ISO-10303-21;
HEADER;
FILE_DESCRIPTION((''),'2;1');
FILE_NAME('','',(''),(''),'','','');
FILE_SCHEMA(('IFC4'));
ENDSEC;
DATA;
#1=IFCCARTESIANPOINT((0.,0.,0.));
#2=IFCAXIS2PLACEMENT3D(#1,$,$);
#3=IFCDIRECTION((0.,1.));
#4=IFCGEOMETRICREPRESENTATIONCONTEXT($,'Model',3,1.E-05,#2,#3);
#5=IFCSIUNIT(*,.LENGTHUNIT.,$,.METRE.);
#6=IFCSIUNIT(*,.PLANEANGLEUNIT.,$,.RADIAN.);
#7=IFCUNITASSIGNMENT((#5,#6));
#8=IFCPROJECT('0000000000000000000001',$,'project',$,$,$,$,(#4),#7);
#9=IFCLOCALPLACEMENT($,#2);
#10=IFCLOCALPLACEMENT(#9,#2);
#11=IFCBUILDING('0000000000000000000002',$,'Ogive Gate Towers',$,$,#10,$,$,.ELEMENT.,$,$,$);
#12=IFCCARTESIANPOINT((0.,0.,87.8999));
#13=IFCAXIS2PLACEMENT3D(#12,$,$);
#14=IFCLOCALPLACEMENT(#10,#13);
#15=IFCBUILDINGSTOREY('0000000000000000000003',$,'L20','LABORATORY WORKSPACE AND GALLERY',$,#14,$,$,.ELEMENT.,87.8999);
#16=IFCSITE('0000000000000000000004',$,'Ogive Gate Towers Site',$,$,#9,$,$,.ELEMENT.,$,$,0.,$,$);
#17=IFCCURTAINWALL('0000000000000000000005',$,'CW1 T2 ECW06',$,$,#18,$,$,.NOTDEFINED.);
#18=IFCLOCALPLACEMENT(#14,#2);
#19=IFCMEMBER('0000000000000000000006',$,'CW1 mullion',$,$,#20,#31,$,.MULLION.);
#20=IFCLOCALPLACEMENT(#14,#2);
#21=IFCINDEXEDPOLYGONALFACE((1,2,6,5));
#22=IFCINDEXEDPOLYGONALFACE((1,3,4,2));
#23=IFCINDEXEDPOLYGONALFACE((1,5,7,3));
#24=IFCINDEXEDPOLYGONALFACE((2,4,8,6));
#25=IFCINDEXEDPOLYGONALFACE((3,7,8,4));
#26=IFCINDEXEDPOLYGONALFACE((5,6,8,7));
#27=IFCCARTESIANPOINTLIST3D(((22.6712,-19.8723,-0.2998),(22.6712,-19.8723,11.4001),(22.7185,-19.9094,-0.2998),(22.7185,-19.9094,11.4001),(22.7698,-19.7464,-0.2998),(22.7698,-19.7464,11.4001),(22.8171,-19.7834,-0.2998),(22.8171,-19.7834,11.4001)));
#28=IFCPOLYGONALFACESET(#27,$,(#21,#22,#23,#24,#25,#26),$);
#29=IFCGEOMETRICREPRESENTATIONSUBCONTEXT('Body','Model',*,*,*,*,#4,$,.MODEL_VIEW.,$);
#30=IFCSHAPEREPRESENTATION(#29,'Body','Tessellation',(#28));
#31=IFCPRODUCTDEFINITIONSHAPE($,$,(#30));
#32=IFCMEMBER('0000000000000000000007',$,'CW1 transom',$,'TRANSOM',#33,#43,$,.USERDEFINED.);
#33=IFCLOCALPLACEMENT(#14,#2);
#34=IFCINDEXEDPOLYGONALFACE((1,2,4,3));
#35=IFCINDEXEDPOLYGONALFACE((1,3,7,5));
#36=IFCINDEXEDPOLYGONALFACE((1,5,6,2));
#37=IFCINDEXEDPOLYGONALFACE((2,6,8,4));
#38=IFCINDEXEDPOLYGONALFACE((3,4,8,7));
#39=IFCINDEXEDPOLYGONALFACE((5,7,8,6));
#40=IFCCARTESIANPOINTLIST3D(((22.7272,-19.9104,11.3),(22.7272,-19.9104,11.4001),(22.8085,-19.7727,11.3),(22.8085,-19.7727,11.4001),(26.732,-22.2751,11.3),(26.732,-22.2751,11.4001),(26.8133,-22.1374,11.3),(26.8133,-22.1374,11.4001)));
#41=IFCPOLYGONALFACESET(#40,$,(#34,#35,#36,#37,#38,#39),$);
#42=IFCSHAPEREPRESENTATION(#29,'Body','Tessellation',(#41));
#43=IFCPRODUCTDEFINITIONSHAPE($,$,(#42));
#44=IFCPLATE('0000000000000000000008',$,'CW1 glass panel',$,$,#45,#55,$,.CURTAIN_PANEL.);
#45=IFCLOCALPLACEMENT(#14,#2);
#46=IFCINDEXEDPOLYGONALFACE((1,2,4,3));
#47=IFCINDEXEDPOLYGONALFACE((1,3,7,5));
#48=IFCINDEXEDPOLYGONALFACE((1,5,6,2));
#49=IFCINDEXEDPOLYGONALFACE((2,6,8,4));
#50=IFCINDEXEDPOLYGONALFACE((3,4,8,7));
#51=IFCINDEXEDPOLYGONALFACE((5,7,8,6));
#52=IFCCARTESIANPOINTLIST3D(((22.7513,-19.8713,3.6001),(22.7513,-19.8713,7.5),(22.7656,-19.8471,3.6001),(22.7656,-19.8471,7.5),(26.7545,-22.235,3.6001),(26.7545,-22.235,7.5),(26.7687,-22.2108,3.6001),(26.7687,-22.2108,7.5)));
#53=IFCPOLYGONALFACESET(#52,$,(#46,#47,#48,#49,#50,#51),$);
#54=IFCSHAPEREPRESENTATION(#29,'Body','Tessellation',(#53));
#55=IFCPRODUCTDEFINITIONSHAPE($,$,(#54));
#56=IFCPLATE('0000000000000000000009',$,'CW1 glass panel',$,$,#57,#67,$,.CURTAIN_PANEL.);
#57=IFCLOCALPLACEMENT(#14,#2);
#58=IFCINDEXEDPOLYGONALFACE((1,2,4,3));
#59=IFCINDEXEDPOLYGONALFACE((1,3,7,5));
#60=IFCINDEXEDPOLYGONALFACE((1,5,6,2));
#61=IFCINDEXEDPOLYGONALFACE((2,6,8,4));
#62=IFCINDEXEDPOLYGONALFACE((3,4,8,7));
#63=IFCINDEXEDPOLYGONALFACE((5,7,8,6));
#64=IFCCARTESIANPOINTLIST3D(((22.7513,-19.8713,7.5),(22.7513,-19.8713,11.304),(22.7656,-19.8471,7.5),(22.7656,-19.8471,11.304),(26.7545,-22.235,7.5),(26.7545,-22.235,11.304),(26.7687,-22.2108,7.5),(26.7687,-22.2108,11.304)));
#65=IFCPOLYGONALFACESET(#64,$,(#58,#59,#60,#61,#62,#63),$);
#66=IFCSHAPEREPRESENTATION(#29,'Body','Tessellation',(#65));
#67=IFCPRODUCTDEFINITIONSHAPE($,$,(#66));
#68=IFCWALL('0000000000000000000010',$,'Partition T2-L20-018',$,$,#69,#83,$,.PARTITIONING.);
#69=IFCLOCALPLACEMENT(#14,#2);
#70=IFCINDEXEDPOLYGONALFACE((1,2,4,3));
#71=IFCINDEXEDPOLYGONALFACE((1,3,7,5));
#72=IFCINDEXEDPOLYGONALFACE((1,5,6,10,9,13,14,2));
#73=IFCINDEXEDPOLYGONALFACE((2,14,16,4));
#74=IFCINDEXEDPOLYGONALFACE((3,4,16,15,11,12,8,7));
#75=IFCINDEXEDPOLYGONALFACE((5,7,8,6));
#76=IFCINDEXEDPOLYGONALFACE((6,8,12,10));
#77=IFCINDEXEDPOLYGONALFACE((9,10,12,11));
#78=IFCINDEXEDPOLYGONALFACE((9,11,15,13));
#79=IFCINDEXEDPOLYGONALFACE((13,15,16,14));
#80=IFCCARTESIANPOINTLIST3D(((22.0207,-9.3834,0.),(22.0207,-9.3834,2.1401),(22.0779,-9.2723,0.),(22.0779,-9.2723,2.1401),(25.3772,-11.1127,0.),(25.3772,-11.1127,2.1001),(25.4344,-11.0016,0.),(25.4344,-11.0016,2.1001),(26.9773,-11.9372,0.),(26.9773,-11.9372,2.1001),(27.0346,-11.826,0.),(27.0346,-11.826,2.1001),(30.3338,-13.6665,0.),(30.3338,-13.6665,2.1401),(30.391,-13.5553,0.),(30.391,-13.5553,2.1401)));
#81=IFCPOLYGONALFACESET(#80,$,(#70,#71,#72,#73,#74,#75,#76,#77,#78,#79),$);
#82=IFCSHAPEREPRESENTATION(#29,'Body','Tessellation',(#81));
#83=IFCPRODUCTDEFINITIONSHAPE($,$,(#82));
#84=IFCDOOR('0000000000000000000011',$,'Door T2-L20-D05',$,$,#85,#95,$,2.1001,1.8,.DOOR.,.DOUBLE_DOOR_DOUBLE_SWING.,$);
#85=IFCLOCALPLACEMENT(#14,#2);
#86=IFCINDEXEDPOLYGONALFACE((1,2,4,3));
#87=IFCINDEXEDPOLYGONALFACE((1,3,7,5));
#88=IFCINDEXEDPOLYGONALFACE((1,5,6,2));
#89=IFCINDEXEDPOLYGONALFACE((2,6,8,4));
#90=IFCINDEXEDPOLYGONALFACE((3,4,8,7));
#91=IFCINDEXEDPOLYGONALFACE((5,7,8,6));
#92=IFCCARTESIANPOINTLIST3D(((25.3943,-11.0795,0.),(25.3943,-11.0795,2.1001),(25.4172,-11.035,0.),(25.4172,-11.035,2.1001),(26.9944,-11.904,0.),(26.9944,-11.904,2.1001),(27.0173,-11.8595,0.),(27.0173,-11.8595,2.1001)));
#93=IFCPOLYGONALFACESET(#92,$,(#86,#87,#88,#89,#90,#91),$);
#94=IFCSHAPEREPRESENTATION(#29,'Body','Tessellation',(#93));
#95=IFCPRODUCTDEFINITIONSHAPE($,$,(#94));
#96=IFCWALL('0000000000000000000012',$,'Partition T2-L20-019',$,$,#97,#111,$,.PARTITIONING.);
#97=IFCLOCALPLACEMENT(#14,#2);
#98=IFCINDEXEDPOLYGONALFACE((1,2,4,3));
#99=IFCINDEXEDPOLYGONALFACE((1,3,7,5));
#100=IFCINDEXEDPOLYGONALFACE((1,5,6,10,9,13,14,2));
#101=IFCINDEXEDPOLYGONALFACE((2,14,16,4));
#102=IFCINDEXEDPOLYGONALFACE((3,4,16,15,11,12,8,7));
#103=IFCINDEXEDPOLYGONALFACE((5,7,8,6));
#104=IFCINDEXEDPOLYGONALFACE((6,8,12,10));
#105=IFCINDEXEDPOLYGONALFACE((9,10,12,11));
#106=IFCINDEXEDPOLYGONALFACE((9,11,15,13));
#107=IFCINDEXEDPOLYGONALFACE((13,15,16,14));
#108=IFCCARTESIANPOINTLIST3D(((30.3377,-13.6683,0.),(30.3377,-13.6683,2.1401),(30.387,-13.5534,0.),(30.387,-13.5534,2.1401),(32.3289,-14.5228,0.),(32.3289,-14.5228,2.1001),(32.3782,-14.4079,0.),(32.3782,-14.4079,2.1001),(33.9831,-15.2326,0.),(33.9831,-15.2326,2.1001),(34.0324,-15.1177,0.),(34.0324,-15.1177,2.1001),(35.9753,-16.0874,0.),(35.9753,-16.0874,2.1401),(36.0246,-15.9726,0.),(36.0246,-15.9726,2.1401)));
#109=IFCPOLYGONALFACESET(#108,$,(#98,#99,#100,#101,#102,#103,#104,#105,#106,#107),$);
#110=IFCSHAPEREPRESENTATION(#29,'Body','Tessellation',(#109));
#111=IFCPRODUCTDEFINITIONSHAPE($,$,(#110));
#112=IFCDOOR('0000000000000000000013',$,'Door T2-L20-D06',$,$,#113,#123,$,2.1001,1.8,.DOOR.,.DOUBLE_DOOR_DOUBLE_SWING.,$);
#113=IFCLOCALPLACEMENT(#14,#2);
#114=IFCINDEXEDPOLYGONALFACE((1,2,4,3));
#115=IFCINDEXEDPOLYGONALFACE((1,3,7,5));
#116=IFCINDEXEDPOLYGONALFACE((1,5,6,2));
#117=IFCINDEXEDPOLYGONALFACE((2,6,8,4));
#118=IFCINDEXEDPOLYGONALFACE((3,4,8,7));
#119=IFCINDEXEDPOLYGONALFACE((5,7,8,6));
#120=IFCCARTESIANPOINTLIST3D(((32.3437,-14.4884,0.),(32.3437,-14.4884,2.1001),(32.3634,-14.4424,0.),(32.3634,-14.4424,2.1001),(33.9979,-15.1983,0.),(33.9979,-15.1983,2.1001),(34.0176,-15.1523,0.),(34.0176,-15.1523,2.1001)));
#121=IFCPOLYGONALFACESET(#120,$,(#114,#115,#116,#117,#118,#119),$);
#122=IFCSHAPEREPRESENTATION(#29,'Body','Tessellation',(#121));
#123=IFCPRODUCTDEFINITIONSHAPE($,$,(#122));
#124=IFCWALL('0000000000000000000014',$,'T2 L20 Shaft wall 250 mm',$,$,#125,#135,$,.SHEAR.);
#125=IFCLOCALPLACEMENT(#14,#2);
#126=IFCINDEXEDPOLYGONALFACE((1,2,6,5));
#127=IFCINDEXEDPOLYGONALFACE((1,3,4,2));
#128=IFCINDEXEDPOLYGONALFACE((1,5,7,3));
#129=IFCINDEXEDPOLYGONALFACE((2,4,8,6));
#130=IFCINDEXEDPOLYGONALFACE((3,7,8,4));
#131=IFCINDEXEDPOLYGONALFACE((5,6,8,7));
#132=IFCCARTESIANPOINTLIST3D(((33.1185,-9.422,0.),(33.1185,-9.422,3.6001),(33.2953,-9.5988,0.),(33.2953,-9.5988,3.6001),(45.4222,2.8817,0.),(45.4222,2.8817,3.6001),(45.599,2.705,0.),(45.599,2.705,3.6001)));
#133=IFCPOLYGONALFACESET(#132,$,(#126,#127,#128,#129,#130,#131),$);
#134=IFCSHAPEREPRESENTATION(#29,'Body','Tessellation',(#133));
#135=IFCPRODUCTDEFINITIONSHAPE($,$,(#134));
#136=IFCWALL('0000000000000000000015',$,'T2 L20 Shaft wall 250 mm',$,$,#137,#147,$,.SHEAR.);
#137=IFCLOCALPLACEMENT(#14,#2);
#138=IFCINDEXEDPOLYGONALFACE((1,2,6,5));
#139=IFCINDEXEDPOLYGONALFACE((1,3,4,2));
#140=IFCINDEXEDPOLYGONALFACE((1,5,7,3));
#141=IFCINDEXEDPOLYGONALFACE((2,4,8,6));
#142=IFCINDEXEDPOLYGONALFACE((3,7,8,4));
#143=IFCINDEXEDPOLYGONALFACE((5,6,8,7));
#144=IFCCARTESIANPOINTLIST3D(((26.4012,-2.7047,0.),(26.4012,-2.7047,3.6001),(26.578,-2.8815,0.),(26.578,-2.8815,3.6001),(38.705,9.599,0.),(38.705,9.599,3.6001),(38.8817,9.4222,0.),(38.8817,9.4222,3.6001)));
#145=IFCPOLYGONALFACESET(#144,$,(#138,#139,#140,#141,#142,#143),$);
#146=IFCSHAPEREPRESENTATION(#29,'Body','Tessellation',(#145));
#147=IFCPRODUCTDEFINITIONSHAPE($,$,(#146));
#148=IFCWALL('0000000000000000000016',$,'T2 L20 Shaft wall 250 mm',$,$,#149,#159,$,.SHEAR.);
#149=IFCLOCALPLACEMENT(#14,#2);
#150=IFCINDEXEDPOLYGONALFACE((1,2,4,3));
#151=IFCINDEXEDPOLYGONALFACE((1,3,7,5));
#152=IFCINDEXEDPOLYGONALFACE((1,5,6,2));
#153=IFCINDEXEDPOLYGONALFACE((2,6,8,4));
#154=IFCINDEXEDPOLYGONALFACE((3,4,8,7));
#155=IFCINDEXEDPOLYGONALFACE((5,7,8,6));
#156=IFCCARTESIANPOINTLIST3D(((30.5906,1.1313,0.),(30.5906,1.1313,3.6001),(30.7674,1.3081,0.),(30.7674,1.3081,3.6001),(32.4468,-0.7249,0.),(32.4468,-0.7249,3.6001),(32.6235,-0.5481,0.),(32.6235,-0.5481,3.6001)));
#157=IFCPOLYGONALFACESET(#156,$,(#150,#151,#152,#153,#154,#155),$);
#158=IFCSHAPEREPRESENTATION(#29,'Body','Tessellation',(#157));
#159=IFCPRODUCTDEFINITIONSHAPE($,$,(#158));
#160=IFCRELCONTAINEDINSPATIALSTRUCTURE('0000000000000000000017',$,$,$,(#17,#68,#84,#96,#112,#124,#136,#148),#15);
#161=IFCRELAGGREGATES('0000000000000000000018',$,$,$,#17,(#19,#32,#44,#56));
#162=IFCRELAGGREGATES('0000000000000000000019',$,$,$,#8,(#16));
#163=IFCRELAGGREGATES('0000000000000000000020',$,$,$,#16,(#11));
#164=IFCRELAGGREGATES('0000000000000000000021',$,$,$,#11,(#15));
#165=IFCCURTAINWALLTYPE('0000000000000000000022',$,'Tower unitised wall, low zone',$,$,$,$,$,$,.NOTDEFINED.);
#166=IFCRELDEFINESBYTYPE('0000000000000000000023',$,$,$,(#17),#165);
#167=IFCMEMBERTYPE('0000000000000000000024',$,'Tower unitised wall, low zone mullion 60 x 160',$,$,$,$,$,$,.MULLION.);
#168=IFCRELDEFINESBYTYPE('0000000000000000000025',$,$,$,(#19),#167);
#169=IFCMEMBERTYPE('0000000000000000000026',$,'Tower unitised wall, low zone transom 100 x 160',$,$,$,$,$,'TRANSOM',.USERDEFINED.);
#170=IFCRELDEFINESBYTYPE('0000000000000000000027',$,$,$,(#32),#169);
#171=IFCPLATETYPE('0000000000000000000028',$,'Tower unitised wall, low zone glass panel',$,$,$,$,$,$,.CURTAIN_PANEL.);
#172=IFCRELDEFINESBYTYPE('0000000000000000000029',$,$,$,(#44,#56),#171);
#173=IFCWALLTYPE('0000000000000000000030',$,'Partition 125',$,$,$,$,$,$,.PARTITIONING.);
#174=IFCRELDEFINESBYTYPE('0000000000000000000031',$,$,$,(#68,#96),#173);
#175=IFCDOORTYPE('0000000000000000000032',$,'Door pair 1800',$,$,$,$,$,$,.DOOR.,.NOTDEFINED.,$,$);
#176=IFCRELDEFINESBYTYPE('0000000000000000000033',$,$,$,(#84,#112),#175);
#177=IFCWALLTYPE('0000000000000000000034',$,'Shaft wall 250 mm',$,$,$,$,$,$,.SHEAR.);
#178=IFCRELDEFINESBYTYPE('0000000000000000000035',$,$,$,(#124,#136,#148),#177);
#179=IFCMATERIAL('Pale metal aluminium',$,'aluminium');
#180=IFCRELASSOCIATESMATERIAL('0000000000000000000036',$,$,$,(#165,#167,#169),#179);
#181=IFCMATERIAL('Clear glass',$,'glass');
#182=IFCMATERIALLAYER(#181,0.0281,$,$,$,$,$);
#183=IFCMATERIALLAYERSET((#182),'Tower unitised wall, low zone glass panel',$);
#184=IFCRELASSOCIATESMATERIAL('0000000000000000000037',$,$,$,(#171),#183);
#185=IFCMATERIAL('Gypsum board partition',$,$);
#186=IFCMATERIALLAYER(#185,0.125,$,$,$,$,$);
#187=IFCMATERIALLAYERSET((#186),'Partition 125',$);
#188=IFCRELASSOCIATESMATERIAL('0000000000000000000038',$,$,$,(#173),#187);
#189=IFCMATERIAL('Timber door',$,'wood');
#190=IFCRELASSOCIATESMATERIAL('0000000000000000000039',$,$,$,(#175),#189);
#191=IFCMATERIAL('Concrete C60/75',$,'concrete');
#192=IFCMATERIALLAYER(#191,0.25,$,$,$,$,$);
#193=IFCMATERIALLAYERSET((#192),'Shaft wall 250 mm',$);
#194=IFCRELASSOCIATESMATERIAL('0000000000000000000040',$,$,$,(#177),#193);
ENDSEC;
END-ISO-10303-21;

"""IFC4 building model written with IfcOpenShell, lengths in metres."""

from ifc_helpers import new_model, si_unit, direction, frame, frame_2d, origin, origin_2d, place, context, subcontext, project, spatial, rectangle, extrude, material, layer, layer_set, material_profile, profile_set, type_object, element, fill, aggregate, save


model = new_model("IFC4")

# Units and contexts
model_context = context("Model", 3, precision=1e-05, world=origin(), true_north=direction((0.0, 1.0)))
body_context = subcontext(model_context, "Body", "Model", "MODEL_VIEW")
ifc_project = project(units=[si_unit("LENGTHUNIT", "METRE"), si_unit("PLANEANGLEUNIT", "RADIAN")], contexts=[model_context])

# Site, building, storey
site_placement = place(None, origin())
site = spatial("IfcSite", under=ifc_project, at=site_placement, Name="Ogive Gate Towers Site", CompositionType="ELEMENT", RefElevation=0.0)
building_placement = place(site_placement, origin())
building = spatial("IfcBuilding", under=site, at=building_placement, Name="Ogive Gate Towers", CompositionType="ELEMENT")
storey_placement = place(building_placement, frame((0.0, 0.0, 87.8999)))
storey = spatial("IfcBuildingStorey", under=building, at=storey_placement, Name="L20", Description="LABORATORY WORKSPACE AND GALLERY", CompositionType="ELEMENT", Elevation=87.8999)

# Curtain wall, members, plates
ifc_material_1 = material(Name="Pale metal aluminium", Category="aluminium")
curtain_wall_type = type_object("IfcCurtainWallType", Name="Tower unitised wall, low zone", PredefinedType="NOTDEFINED", material=ifc_material_1)
curtain_wall_placement = place(storey_placement, origin())
curtain_wall = element("IfcCurtainWall", 1, at=curtain_wall_placement, inside=storey, type_object=curtain_wall_type, Name="CW1 T2 ECW06", PredefinedType="NOTDEFINED")
ifc_material_profile_1 = material_profile(ifc_material_1, rectangle(XDim=0.1599, YDim=0.0601, at=origin_2d()), Name="60 x 160 aluminium box")
ifc_profile_set_1 = profile_set([ifc_material_profile_1], Name="Pale metal aluminium")
member_type_1 = type_object("IfcMemberType", Name="Tower unitised wall, low zone mullion 60 x 160", PredefinedType="MULLION", material=ifc_profile_set_1)
member_1_placement = place(storey_placement, frame((22.7441, -19.8279, -0.2998), z_axis=(0.0, 0.0, 1.0), x_axis=(-0.616321, -0.787495, 0.0)))
member_1 = element("IfcMember", 2, at=member_1_placement, type_object=member_type_1, Name="CW1 mullion", PredefinedType="MULLION", context=body_context, shape_type="SweptSolid", body=[
    extrude(rectangle(XDim=0.1599, YDim=0.0601, at=origin_2d()), origin(), (0.0, 0.0, 1.0), 11.7),
])
ifc_material_profile_2 = material_profile(ifc_material_1, rectangle(XDim=0.1599, YDim=0.1001, at=origin_2d()), Name="100 x 160 aluminium box")
ifc_profile_set_2 = profile_set([ifc_material_profile_2], Name="Pale metal aluminium")
member_type_2 = type_object("IfcMemberType", Name="Tower unitised wall, low zone transom 100 x 160", ElementType="TRANSOM", PredefinedType="USERDEFINED", material=ifc_profile_set_2)
member_2_placement = place(storey_placement, frame((22.7678, -19.8416, 11.3501), z_axis=(0.861094, -0.508446, 0.0), x_axis=(0.508446, 0.861094, 0.0)))
member_2 = element("IfcMember", 3, at=member_2_placement, type_object=member_type_2, Name="CW1 transom", ObjectType="TRANSOM", PredefinedType="USERDEFINED", context=body_context, shape_type="SweptSolid", body=[
    extrude(rectangle(XDim=0.1599, YDim=0.1001, at=origin_2d()), origin(), (0.0, 0.0, 1.0), 4.6509),
])
ifc_material_2 = material(Name="Clear glass", Category="glass")
ifc_layer_1 = layer(ifc_material_2, 0.0281)
ifc_layer_set_1 = layer_set([ifc_layer_1], Name="Tower unitised wall, low zone glass panel")
plate_type = type_object("IfcPlateType", Name="Tower unitised wall, low zone glass panel", PredefinedType="CURTAIN_PANEL", material=ifc_layer_set_1)
plate_1_placement = place(storey_placement, frame((24.76, -21.041, 3.6001), z_axis=(0.0, 0.0, 1.0), x_axis=(0.861097, -0.50844, 0.0)))
plate_1 = element("IfcPlate", 4, at=plate_1_placement, type_object=plate_type, Name="CW1 glass panel", PredefinedType="CURTAIN_PANEL", context=body_context, shape_type="SweptSolid", body=[
    extrude(rectangle(XDim=4.6489, YDim=0.0281, at=origin_2d()), origin(), (0.0, 0.0, 1.0), 3.8999),
])
plate_2_placement = place(storey_placement, frame((24.76, -21.041, 7.5), z_axis=(0.0, 0.0, 1.0), x_axis=(0.861097, -0.50844, 0.0)))
plate_2 = element("IfcPlate", 5, at=plate_2_placement, type_object=plate_type, Name="CW1 glass panel", PredefinedType="CURTAIN_PANEL", context=body_context, shape_type="SweptSolid", body=[
    extrude(rectangle(XDim=4.6489, YDim=0.0281, at=origin_2d()), origin(), (0.0, 0.0, 1.0), 3.804),
])
aggregate(curtain_wall, [member_1, member_2, plate_1, plate_2])

# Walls, openings, doors
ifc_material_3 = material(Name="Gypsum board partition")
ifc_layer_2 = layer(ifc_material_3, 0.125)
ifc_layer_set_2 = layer_set([ifc_layer_2], Name="Partition 125")
wall_type_1 = type_object("IfcWallType", Name="Partition 125", PredefinedType="PARTITIONING", material=ifc_layer_set_2)
wall_1_placement = place(storey_placement, frame((22.0493, -9.3279, 0.0), z_axis=(0.0, 0.0, 1.0), x_axis=(0.888952, -0.458, 0.0)))
wall_1 = element("IfcWall", 6, at=wall_1_placement, inside=storey, type_object=wall_type_1, Name="Partition T2-L20-018", PredefinedType="PARTITIONING", context=body_context, shape_type="SweptSolid", body=[
    extrude(rectangle(XDim=9.3516, YDim=0.125, at=frame_2d((4.6758, 0.0))), origin(), (0.0, 0.0, 1.0), 2.1401),
])
opening_1_placement = place(wall_1_placement, frame((3.7759, 0.0, 0.0)))
opening_1 = element("IfcOpeningElement", 7, at=opening_1_placement, cuts=wall_1, PredefinedType="OPENING", context=body_context, shape_type="SweptSolid", body=[
    extrude(rectangle(XDim=1.8, YDim=2.1001, at=frame_2d((0.8999, 1.05))), frame((0.0, 0.0725, 0.0), z_axis=(0.0, -1.0, 0.0), x_axis=(1.0, 0.0, 0.0)), (0.0, 0.0, 1.0), 0.145),
])
ifc_material_4 = material(Name="Timber door", Category="wood")
door_type_1 = type_object("IfcDoorType", Name="Door pair 1800", OperationType="NOTDEFINED", PredefinedType="DOOR", material=ifc_material_4)
door_1_placement = place(opening_1_placement, origin())
door_1 = element("IfcDoor", 8, at=door_1_placement, inside=storey, type_object=door_type_1, Name="Door T2-L20-D05", OperationType="DOUBLE_DOOR_DOUBLE_SWING", OverallHeight=2.1001, OverallWidth=1.8, PredefinedType="DOOR", context=body_context, shape_type="SweptSolid", body=[
    extrude(rectangle(XDim=1.8, YDim=2.1001, at=frame_2d((0.8999, 1.05))), frame((0.0, 0.0249, 0.0), z_axis=(0.0, -1.0, 0.0), x_axis=(1.0, 0.0, 0.0)), (0.0, 0.0, 1.0), 0.05),
])
fill(opening_1, door_1)
wall_2_placement = place(storey_placement, frame((30.3623, -13.6108, 0.0), z_axis=(0.0, 0.0, 1.0), x_axis=(0.918966, -0.394337, 0.0)))
wall_2 = element("IfcWall", 9, at=wall_2_placement, inside=storey, type_object=wall_type_1, Name="Partition T2-L20-019", PredefinedType="PARTITIONING", context=body_context, shape_type="SweptSolid", body=[
    extrude(rectangle(XDim=6.1348, YDim=0.125, at=frame_2d((3.0674, 0.0))), origin(), (0.0, 0.0, 1.0), 2.1401),
])
opening_2_placement = place(wall_2_placement, frame((2.167, 0.0, 0.0)))
opening_2 = element("IfcOpeningElement", 10, at=opening_2_placement, cuts=wall_2, PredefinedType="OPENING", context=body_context, shape_type="SweptSolid", body=[
    extrude(rectangle(XDim=1.8, YDim=2.1001, at=frame_2d((0.8999, 1.05))), frame((0.0, 0.0725, 0.0), z_axis=(0.0, -1.0, 0.0), x_axis=(1.0, 0.0, 0.0)), (0.0, 0.0, 1.0), 0.145),
])
door_2_placement = place(opening_2_placement, origin())
door_2 = element("IfcDoor", 11, at=door_2_placement, inside=storey, type_object=door_type_1, Name="Door T2-L20-D06", OperationType="DOUBLE_DOOR_DOUBLE_SWING", OverallHeight=2.1001, OverallWidth=1.8, PredefinedType="DOOR", context=body_context, shape_type="SweptSolid", body=[
    extrude(rectangle(XDim=1.8, YDim=2.1001, at=frame_2d((0.8999, 1.05))), frame((0.0, 0.0249, 0.0), z_axis=(0.0, -1.0, 0.0), x_axis=(1.0, 0.0, 0.0)), (0.0, 0.0, 1.0), 0.05),
])
fill(opening_2, door_2)

# Walls
ifc_material_5 = material(Name="Concrete C60/75", Category="concrete")
ifc_layer_3 = layer(ifc_material_5, 0.25)
ifc_layer_set_3 = layer_set([ifc_layer_3], Name="Shaft wall 250 mm")
wall_type_2 = type_object("IfcWallType", Name="Shaft wall 250 mm", PredefinedType="SHEAR", material=ifc_layer_set_3)
for number, where, z_axis, x_axis, name in (
    (12, (33.2068, -9.5105, 0.0), (0.0, 0.0, 1.0), (0.707107, 0.707107, 0.0), "T2 L20 Shaft wall 250 mm"),
    (13, (26.4895, -2.7932, 0.0), (0.0, 0.0, 1.0), (0.707107, 0.707107, 0.0), "T2 L20 Shaft wall 250 mm"),
):
    element("IfcWall", number, at=place(storey_placement, frame(where, z_axis=z_axis, x_axis=x_axis)), inside=storey, type_object=wall_type_2, Name=name, PredefinedType="SHEAR", context=body_context, shape_type="SweptSolid", body=[
        extrude(rectangle(XDim=17.4001, YDim=0.25, at=frame_2d((8.7002, 0.0))), origin(), (0.0, 0.0, 1.0), 3.6001),
    ])
wall_3_placement = place(storey_placement, frame((32.5352, -0.6365, 0.0), z_axis=(0.0, 0.0, 1.0), x_axis=(-0.707107, 0.707107, 0.0)))
element("IfcWall", 14, at=wall_3_placement, inside=storey, type_object=wall_type_2, Name="T2 L20 Shaft wall 250 mm", PredefinedType="SHEAR", context=body_context, shape_type="SweptSolid", body=[
    extrude(rectangle(XDim=2.625, YDim=0.25, at=frame_2d((1.3125, 0.0))), origin(), (0.0, 0.0, 1.0), 3.6001),
])

save(model, "model.ifc")
